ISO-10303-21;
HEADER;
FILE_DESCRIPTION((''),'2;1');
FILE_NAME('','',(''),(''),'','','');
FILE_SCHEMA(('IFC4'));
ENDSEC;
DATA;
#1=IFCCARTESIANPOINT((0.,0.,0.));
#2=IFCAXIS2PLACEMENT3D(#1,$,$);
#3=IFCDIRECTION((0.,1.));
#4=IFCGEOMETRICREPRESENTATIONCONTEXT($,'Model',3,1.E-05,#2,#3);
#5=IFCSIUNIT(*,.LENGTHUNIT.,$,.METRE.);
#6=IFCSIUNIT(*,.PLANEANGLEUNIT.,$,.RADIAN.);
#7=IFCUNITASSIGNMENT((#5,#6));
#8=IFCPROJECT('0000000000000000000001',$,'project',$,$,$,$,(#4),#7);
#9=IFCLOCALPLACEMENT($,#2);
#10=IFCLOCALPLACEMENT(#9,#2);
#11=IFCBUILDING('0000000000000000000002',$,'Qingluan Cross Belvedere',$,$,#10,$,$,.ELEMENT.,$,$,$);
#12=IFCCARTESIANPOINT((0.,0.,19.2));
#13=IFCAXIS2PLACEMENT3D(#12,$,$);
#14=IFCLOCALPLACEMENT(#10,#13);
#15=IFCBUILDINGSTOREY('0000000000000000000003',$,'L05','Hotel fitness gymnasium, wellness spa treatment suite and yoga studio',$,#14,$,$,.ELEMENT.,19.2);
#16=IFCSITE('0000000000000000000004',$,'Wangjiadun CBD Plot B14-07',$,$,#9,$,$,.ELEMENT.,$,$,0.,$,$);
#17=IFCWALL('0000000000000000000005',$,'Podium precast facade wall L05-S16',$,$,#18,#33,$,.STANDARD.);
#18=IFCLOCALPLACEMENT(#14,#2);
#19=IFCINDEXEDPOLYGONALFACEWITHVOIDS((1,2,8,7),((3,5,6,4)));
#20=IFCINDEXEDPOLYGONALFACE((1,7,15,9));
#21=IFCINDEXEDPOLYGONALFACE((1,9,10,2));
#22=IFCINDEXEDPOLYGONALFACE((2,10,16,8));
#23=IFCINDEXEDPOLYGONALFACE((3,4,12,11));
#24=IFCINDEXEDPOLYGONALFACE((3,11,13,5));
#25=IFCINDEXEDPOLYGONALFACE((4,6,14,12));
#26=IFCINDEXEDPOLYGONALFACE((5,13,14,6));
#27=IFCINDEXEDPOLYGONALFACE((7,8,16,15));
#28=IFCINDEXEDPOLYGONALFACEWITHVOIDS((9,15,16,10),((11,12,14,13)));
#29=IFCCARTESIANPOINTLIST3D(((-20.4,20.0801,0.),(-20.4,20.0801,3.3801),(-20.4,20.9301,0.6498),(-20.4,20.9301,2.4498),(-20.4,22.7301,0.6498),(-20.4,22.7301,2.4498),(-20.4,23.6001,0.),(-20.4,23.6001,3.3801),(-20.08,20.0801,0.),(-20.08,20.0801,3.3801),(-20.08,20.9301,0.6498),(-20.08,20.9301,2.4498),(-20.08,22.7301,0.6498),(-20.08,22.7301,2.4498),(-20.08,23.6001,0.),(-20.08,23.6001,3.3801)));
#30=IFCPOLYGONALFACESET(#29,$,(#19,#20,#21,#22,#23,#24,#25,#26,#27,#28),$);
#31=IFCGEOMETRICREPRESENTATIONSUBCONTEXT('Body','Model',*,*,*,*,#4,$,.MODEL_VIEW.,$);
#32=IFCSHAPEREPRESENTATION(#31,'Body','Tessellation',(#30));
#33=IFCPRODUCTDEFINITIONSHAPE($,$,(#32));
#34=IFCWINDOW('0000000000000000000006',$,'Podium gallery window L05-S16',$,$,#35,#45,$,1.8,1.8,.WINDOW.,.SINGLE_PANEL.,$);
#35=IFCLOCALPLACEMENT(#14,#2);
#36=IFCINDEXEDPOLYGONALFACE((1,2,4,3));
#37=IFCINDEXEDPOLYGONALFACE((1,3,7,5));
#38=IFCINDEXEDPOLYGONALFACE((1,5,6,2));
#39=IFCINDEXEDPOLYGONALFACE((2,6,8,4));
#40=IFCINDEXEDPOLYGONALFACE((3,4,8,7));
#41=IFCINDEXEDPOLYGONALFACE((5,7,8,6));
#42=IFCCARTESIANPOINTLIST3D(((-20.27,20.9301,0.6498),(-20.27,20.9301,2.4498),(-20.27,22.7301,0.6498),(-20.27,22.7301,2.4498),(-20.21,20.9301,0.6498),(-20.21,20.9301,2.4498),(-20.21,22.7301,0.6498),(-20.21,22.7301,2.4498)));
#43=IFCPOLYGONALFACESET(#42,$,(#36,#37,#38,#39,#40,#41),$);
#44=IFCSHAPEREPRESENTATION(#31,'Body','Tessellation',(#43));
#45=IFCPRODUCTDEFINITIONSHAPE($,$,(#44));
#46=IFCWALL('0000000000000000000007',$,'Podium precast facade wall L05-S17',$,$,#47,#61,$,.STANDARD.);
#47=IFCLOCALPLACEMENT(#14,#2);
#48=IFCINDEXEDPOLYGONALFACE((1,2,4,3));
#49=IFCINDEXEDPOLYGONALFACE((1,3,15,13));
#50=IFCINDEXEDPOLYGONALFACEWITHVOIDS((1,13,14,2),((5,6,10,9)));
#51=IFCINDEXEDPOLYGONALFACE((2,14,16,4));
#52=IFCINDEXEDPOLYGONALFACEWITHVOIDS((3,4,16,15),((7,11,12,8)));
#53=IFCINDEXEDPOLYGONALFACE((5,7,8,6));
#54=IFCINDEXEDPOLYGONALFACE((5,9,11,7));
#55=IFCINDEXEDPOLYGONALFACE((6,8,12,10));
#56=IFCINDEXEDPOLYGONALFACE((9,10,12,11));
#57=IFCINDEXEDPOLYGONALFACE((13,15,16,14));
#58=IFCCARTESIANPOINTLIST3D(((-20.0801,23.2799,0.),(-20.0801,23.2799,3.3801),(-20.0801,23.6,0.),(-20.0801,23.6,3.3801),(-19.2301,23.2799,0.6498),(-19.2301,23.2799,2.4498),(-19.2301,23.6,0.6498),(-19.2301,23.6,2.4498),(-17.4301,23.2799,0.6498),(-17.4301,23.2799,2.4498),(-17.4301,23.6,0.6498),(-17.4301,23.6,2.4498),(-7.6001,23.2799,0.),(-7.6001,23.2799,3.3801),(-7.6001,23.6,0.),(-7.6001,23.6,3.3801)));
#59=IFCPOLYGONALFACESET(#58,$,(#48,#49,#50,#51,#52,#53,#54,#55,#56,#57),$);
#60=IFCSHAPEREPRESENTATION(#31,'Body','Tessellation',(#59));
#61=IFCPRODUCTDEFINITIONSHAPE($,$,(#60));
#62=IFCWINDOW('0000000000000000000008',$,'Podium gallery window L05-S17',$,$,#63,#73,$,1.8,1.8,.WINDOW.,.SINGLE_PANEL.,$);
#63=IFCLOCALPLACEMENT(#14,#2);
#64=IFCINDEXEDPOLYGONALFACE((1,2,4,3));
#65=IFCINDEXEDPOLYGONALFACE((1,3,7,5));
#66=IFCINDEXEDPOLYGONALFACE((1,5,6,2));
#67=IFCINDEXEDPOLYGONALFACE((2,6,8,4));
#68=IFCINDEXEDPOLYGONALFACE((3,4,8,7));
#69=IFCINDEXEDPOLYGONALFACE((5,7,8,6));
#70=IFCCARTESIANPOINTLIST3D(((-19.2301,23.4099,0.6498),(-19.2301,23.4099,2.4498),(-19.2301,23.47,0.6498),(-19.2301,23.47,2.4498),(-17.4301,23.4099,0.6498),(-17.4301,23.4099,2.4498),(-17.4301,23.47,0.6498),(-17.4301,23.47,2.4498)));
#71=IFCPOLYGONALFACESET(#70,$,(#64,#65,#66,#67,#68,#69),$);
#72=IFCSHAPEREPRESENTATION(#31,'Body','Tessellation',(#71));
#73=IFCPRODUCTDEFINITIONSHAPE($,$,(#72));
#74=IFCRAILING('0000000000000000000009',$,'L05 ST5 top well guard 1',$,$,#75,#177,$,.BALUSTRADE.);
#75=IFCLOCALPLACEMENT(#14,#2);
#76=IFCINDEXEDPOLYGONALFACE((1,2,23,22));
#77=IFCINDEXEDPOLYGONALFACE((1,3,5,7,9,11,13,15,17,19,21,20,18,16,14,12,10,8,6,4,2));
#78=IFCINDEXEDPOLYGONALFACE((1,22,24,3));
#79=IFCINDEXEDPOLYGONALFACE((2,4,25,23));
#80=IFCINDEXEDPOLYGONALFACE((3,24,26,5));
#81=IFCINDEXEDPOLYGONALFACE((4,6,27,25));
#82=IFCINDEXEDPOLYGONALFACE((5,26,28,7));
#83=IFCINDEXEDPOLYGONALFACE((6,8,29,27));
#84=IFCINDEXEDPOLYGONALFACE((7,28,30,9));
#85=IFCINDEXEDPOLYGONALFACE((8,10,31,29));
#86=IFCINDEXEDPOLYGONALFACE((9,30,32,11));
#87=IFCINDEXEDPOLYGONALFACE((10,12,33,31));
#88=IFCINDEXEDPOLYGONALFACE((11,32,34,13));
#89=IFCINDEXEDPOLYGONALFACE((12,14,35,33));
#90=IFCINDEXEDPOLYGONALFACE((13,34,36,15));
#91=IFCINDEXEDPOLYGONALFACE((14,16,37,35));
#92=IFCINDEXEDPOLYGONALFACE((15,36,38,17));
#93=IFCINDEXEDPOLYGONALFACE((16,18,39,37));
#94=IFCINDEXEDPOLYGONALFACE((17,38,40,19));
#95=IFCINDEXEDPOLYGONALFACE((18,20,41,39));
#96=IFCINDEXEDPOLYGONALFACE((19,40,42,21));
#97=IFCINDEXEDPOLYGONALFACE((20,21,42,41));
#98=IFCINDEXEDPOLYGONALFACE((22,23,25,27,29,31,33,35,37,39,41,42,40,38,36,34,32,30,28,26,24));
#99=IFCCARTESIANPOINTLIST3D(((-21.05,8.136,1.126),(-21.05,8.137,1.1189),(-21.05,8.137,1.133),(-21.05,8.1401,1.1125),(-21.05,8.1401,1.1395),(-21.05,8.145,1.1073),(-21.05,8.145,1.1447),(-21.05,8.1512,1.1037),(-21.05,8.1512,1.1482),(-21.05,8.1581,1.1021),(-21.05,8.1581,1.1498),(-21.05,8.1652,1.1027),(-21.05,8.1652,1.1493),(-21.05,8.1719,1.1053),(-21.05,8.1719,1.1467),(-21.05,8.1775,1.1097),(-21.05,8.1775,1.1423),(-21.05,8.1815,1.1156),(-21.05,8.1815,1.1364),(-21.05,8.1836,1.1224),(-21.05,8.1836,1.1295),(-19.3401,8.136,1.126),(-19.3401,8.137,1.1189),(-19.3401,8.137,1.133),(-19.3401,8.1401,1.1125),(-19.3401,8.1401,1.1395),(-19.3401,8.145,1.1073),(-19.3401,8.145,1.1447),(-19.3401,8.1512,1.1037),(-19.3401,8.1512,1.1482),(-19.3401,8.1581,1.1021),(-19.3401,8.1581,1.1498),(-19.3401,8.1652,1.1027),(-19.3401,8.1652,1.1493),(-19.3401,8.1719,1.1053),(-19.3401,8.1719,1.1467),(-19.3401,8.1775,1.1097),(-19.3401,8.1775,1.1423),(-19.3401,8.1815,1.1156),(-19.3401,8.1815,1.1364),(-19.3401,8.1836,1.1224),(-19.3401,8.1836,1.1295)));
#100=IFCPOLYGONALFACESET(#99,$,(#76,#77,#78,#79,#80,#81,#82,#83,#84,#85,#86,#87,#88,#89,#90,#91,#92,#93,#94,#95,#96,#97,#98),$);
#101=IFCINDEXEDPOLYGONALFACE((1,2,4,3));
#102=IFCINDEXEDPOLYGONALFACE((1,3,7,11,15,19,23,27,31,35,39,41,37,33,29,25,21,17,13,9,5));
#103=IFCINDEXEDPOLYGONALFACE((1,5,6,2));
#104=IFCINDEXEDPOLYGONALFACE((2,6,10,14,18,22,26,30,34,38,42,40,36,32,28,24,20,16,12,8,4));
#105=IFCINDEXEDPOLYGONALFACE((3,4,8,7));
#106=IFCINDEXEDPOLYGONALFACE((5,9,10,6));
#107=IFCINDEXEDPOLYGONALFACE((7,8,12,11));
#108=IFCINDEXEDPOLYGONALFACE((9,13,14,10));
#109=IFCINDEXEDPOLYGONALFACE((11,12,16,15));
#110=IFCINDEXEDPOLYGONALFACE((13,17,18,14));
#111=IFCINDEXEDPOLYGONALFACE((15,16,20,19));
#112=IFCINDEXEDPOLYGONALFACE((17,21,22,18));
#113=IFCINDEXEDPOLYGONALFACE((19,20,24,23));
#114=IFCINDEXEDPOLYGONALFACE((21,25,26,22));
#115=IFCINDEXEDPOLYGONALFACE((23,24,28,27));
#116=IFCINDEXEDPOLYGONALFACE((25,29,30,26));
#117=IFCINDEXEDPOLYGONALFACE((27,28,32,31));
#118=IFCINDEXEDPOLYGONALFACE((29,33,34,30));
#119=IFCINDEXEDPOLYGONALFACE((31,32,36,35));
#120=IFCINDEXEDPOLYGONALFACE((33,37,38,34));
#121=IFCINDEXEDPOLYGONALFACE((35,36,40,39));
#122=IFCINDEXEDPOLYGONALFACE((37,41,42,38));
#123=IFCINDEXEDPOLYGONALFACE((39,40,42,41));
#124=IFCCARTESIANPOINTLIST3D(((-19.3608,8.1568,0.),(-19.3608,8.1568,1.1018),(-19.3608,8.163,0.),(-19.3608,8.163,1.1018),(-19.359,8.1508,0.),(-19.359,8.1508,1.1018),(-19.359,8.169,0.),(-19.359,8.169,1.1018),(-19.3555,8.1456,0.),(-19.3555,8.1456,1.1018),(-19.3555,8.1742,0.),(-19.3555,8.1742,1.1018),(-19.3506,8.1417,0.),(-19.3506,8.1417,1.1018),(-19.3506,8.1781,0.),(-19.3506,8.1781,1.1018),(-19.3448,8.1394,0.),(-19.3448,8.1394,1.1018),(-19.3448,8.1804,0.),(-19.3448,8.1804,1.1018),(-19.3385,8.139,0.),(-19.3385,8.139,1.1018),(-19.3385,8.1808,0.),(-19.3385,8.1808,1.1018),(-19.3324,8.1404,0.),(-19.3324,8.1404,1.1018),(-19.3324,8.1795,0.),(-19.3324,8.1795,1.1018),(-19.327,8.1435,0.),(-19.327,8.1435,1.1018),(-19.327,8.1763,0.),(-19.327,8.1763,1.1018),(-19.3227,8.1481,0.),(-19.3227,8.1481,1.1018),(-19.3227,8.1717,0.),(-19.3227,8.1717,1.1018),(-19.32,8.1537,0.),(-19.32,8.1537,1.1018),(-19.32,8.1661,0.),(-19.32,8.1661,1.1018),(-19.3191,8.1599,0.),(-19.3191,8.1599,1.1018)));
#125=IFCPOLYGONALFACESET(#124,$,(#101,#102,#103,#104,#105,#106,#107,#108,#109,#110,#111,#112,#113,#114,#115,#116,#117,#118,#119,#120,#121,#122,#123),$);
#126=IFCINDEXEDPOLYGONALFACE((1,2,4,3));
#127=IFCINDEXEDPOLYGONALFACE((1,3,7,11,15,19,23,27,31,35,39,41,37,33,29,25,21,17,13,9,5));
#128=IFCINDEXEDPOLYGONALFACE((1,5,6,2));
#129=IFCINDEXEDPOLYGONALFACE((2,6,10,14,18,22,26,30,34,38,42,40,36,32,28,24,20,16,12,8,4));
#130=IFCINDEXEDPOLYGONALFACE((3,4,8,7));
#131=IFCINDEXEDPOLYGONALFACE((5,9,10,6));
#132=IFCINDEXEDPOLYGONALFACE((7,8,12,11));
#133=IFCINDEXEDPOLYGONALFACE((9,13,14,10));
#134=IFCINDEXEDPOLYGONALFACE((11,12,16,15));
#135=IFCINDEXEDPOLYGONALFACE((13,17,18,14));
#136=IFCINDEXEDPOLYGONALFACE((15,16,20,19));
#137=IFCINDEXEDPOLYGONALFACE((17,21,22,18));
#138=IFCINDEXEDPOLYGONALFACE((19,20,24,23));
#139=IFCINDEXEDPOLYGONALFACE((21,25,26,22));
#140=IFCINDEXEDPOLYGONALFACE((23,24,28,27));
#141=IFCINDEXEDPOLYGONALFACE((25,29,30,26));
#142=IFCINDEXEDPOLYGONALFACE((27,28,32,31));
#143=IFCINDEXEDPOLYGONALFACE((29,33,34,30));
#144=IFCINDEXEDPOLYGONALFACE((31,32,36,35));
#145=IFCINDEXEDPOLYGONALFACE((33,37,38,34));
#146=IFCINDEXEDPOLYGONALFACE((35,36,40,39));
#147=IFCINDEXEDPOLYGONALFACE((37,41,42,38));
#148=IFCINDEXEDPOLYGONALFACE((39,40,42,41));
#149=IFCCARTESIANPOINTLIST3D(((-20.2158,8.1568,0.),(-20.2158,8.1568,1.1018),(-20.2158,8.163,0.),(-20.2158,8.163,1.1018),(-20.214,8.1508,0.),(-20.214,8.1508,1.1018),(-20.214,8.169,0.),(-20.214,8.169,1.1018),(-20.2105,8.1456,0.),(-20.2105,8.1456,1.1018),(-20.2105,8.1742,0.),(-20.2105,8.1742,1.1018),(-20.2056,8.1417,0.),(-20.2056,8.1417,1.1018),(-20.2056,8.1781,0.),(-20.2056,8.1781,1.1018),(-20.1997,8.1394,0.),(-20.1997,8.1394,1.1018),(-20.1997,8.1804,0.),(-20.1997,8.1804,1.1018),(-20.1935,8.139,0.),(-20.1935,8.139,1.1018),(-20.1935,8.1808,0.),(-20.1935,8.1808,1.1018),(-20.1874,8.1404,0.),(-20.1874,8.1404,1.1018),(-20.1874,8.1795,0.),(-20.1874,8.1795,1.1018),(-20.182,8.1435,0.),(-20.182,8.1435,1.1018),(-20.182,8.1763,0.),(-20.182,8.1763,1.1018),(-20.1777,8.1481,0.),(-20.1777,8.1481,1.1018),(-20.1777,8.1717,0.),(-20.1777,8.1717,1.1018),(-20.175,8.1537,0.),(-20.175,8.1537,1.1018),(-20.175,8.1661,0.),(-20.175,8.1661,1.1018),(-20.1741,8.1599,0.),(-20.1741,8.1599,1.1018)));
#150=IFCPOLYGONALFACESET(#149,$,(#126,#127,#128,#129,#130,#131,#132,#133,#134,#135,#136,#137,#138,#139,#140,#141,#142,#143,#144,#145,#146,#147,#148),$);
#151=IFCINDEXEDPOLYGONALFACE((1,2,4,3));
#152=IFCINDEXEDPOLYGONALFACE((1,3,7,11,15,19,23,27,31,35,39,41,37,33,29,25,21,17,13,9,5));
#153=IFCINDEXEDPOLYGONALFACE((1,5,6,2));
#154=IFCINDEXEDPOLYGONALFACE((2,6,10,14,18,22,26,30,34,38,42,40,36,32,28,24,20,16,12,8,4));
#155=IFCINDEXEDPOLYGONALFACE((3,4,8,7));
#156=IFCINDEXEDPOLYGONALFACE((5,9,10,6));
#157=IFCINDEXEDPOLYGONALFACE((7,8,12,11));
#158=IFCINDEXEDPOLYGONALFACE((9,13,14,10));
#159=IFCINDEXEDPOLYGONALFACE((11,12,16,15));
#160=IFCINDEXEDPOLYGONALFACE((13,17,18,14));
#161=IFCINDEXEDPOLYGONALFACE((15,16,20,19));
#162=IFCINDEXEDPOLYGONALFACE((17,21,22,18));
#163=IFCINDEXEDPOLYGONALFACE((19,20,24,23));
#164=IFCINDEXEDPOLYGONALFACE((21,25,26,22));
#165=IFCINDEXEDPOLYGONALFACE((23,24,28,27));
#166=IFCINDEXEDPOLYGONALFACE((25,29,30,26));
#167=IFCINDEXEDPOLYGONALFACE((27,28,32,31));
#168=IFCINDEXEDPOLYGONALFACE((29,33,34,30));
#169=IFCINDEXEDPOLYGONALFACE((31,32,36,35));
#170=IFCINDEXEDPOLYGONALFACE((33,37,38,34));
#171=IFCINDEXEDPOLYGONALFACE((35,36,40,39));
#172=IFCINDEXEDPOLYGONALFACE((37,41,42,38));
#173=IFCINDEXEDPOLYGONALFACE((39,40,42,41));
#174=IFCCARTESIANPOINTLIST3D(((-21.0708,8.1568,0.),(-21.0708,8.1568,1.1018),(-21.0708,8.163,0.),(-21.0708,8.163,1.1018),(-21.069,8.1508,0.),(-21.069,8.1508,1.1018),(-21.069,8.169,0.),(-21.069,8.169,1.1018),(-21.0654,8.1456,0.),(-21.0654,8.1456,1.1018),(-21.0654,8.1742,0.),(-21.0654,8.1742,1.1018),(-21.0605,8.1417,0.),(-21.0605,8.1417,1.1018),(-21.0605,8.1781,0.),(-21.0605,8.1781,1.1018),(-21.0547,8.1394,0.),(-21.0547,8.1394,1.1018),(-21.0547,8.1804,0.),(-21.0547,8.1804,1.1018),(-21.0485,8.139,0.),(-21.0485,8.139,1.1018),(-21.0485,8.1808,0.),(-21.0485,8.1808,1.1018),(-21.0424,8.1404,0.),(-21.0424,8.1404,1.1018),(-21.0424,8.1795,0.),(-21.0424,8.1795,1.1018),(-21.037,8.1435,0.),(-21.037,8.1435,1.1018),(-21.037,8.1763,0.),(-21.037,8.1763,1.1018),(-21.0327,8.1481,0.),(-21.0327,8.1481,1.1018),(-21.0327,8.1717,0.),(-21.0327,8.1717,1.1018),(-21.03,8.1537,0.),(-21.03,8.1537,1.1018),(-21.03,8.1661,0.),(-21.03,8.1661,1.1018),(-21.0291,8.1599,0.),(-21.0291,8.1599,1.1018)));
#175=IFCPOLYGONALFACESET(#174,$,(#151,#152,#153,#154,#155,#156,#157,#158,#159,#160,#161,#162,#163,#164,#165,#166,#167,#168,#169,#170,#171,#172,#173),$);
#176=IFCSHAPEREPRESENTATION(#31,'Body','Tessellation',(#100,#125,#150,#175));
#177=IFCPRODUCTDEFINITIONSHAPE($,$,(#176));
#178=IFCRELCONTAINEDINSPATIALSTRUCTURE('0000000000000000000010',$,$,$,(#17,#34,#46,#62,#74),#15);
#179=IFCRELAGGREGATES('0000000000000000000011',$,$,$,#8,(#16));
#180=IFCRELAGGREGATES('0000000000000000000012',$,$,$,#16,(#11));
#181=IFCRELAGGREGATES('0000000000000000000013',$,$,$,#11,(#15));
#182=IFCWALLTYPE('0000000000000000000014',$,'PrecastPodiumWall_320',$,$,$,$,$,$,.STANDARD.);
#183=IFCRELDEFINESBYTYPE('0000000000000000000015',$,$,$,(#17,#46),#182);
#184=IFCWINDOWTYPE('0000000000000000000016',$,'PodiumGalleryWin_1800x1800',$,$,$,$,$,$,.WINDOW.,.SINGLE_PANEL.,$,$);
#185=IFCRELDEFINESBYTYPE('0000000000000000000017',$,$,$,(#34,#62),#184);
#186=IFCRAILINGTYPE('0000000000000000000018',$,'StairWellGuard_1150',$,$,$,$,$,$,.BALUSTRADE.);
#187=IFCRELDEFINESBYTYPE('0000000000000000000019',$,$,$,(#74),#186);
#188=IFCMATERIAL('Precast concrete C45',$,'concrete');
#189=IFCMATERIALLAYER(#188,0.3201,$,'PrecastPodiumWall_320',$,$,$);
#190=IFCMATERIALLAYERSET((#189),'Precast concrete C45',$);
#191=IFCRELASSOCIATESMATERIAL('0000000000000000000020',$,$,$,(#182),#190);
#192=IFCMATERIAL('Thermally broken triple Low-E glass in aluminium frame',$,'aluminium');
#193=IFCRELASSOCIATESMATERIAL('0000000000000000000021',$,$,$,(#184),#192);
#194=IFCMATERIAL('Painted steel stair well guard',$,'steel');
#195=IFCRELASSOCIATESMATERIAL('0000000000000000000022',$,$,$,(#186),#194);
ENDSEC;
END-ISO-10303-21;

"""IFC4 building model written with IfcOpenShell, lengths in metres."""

from ifc_helpers import new_model, si_unit, direction, frame, frame_2d, origin, origin_2d, place, context, subcontext, project, spatial, rectangle, circle, extrude, material, layer, layer_set, type_object, element, fill, save


model = new_model("IFC4")

# Units and contexts
model_context = context("Model", 3, precision=1e-05, world=origin(), true_north=direction((0.0, 1.0)))
body_context = subcontext(model_context, "Body", "Model", "MODEL_VIEW")
ifc_project = project(units=[si_unit("LENGTHUNIT", "METRE"), si_unit("PLANEANGLEUNIT", "RADIAN")], contexts=[model_context])

# Site, building, storey
site_placement = place(None, origin())
site = spatial("IfcSite", under=ifc_project, at=site_placement, Name="Wangjiadun CBD Plot B14-07", CompositionType="ELEMENT", RefElevation=0.0)
building_placement = place(site_placement, origin())
building = spatial("IfcBuilding", under=site, at=building_placement, Name="Qingluan Cross Belvedere", CompositionType="ELEMENT")
storey_placement = place(building_placement, frame((0.0, 0.0, 19.2)))
storey = spatial("IfcBuildingStorey", under=building, at=storey_placement, Name="L05", Description="Hotel fitness gymnasium, wellness spa treatment suite and yoga studio", CompositionType="ELEMENT", Elevation=19.2)

# Walls, openings, windows
ifc_material_1 = material(Name="Precast concrete C45", Category="concrete")
ifc_layer_1 = layer(ifc_material_1, 0.3201, Name="PrecastPodiumWall_320")
ifc_layer_set_1 = layer_set([ifc_layer_1], Name="Precast concrete C45")
wall_type_1 = type_object("IfcWallType", Name="PrecastPodiumWall_320", PredefinedType="STANDARD", material=ifc_layer_set_1)
wall_1_placement = place(storey_placement, frame((-20.24, 20.0801, 0.0), z_axis=(0.0, 0.0, 1.0), x_axis=(0.0, 1.0, 0.0)))
wall_1 = element("IfcWall", 1, at=wall_1_placement, inside=storey, type_object=wall_type_1, Name="Podium precast facade wall L05-S16", PredefinedType="STANDARD", context=body_context, shape_type="SweptSolid", body=[
    extrude(rectangle(XDim=3.52, YDim=0.3201, at=frame_2d((1.76, 0.0))), origin(), (0.0, 0.0, 1.0), 3.3801),
])
opening_1_placement = place(wall_1_placement, frame((0.8501, 0.0, 0.6499)))
opening_1 = element("IfcOpeningElement", 2, at=opening_1_placement, cuts=wall_1, PredefinedType="OPENING", context=body_context, shape_type="SweptSolid", body=[
    extrude(rectangle(XDim=1.8, YDim=1.8, at=frame_2d((0.8999, 0.8999))), frame((0.0, 0.1699, 0.0), z_axis=(0.0, -1.0, 0.0), x_axis=(1.0, 0.0, 0.0)), (0.0, 0.0, 1.0), 0.3401),
])
ifc_material_2 = material(Name="Thermally broken triple Low-E glass in aluminium frame", Category="aluminium")
window_type = type_object("IfcWindowType", Name="PodiumGalleryWin_1800x1800", PartitioningType="SINGLE_PANEL", PredefinedType="WINDOW", material=ifc_material_2)
window_1_placement = place(opening_1_placement, origin())
window_1 = element("IfcWindow", 3, at=window_1_placement, inside=storey, type_object=window_type, Name="Podium gallery window L05-S16", OverallHeight=1.8, OverallWidth=1.8, PartitioningType="SINGLE_PANEL", PredefinedType="WINDOW", context=body_context, shape_type="SweptSolid", body=[
    extrude(rectangle(XDim=1.8, YDim=1.8, at=frame_2d((0.8999, 0.8999))), frame((0.0, 0.03, 0.0), z_axis=(0.0, -1.0, 0.0), x_axis=(1.0, 0.0, 0.0)), (0.0, 0.0, 1.0), 0.0601),
])
fill(opening_1, window_1)
wall_2_placement = place(storey_placement, frame((-20.0801, 23.4399, 0.0), z_axis=(0.0, 0.0, 1.0), x_axis=(1.0, 0.0, 0.0)))
wall_2 = element("IfcWall", 4, at=wall_2_placement, inside=storey, type_object=wall_type_1, Name="Podium precast facade wall L05-S17", PredefinedType="STANDARD", context=body_context, shape_type="SweptSolid", body=[
    extrude(rectangle(XDim=12.48, YDim=0.3201, at=frame_2d((6.24, 0.0))), origin(), (0.0, 0.0, 1.0), 3.3801),
])
opening_2_placement = place(wall_2_placement, frame((0.8501, 0.0, 0.6499)))
opening_2 = element("IfcOpeningElement", 5, at=opening_2_placement, cuts=wall_2, PredefinedType="OPENING", context=body_context, shape_type="SweptSolid", body=[
    extrude(rectangle(XDim=1.8, YDim=1.8, at=frame_2d((0.8999, 0.8999))), frame((0.0, 0.1699, 0.0), z_axis=(0.0, -1.0, 0.0), x_axis=(1.0, 0.0, 0.0)), (0.0, 0.0, 1.0), 0.3401),
])
window_2_placement = place(opening_2_placement, origin())
window_2 = element("IfcWindow", 6, at=window_2_placement, inside=storey, type_object=window_type, Name="Podium gallery window L05-S17", OverallHeight=1.8, OverallWidth=1.8, PartitioningType="SINGLE_PANEL", PredefinedType="WINDOW", context=body_context, shape_type="SweptSolid", body=[
    extrude(rectangle(XDim=1.8, YDim=1.8, at=frame_2d((0.8999, 0.8999))), frame((0.0, 0.03, 0.0), z_axis=(0.0, -1.0, 0.0), x_axis=(1.0, 0.0, 0.0)), (0.0, 0.0, 1.0), 0.0601),
])
fill(opening_2, window_2)

# Railing
ifc_material_3 = material(Name="Painted steel stair well guard", Category="steel")
railing_type = type_object("IfcRailingType", Name="StairWellGuard_1150", PredefinedType="BALUSTRADE", material=ifc_material_3)
railing_placement = place(storey_placement, frame((-19.3401, 8.1599, 0.0)))
element("IfcRailing", 7, at=railing_placement, inside=storey, type_object=railing_type, Name="L05 ST5 top well guard 1", PredefinedType="BALUSTRADE", context=body_context, shape_type="SweptSolid", body=[
    extrude(circle(Radius=0.0239, at=origin_2d()), frame((0.0, 0.0, 1.126), z_axis=(-1.0, 0.0, 0.0), x_axis=(0.0, -1.0, 0.0)), (0.0, 0.0, 1.0), 1.71),
    extrude(circle(Radius=0.021, at=origin_2d()), origin(), (0.0, 0.0, 1.0), 1.1018),
    extrude(circle(Radius=0.021, at=origin_2d()), frame((-0.855, 0.0, 0.0)), (0.0, 0.0, 1.0), 1.1018),
    extrude(circle(Radius=0.021, at=origin_2d()), frame((-1.71, 0.0, 0.0)), (0.0, 0.0, 1.0), 1.1018),
])

save(model, "model.ifc")
